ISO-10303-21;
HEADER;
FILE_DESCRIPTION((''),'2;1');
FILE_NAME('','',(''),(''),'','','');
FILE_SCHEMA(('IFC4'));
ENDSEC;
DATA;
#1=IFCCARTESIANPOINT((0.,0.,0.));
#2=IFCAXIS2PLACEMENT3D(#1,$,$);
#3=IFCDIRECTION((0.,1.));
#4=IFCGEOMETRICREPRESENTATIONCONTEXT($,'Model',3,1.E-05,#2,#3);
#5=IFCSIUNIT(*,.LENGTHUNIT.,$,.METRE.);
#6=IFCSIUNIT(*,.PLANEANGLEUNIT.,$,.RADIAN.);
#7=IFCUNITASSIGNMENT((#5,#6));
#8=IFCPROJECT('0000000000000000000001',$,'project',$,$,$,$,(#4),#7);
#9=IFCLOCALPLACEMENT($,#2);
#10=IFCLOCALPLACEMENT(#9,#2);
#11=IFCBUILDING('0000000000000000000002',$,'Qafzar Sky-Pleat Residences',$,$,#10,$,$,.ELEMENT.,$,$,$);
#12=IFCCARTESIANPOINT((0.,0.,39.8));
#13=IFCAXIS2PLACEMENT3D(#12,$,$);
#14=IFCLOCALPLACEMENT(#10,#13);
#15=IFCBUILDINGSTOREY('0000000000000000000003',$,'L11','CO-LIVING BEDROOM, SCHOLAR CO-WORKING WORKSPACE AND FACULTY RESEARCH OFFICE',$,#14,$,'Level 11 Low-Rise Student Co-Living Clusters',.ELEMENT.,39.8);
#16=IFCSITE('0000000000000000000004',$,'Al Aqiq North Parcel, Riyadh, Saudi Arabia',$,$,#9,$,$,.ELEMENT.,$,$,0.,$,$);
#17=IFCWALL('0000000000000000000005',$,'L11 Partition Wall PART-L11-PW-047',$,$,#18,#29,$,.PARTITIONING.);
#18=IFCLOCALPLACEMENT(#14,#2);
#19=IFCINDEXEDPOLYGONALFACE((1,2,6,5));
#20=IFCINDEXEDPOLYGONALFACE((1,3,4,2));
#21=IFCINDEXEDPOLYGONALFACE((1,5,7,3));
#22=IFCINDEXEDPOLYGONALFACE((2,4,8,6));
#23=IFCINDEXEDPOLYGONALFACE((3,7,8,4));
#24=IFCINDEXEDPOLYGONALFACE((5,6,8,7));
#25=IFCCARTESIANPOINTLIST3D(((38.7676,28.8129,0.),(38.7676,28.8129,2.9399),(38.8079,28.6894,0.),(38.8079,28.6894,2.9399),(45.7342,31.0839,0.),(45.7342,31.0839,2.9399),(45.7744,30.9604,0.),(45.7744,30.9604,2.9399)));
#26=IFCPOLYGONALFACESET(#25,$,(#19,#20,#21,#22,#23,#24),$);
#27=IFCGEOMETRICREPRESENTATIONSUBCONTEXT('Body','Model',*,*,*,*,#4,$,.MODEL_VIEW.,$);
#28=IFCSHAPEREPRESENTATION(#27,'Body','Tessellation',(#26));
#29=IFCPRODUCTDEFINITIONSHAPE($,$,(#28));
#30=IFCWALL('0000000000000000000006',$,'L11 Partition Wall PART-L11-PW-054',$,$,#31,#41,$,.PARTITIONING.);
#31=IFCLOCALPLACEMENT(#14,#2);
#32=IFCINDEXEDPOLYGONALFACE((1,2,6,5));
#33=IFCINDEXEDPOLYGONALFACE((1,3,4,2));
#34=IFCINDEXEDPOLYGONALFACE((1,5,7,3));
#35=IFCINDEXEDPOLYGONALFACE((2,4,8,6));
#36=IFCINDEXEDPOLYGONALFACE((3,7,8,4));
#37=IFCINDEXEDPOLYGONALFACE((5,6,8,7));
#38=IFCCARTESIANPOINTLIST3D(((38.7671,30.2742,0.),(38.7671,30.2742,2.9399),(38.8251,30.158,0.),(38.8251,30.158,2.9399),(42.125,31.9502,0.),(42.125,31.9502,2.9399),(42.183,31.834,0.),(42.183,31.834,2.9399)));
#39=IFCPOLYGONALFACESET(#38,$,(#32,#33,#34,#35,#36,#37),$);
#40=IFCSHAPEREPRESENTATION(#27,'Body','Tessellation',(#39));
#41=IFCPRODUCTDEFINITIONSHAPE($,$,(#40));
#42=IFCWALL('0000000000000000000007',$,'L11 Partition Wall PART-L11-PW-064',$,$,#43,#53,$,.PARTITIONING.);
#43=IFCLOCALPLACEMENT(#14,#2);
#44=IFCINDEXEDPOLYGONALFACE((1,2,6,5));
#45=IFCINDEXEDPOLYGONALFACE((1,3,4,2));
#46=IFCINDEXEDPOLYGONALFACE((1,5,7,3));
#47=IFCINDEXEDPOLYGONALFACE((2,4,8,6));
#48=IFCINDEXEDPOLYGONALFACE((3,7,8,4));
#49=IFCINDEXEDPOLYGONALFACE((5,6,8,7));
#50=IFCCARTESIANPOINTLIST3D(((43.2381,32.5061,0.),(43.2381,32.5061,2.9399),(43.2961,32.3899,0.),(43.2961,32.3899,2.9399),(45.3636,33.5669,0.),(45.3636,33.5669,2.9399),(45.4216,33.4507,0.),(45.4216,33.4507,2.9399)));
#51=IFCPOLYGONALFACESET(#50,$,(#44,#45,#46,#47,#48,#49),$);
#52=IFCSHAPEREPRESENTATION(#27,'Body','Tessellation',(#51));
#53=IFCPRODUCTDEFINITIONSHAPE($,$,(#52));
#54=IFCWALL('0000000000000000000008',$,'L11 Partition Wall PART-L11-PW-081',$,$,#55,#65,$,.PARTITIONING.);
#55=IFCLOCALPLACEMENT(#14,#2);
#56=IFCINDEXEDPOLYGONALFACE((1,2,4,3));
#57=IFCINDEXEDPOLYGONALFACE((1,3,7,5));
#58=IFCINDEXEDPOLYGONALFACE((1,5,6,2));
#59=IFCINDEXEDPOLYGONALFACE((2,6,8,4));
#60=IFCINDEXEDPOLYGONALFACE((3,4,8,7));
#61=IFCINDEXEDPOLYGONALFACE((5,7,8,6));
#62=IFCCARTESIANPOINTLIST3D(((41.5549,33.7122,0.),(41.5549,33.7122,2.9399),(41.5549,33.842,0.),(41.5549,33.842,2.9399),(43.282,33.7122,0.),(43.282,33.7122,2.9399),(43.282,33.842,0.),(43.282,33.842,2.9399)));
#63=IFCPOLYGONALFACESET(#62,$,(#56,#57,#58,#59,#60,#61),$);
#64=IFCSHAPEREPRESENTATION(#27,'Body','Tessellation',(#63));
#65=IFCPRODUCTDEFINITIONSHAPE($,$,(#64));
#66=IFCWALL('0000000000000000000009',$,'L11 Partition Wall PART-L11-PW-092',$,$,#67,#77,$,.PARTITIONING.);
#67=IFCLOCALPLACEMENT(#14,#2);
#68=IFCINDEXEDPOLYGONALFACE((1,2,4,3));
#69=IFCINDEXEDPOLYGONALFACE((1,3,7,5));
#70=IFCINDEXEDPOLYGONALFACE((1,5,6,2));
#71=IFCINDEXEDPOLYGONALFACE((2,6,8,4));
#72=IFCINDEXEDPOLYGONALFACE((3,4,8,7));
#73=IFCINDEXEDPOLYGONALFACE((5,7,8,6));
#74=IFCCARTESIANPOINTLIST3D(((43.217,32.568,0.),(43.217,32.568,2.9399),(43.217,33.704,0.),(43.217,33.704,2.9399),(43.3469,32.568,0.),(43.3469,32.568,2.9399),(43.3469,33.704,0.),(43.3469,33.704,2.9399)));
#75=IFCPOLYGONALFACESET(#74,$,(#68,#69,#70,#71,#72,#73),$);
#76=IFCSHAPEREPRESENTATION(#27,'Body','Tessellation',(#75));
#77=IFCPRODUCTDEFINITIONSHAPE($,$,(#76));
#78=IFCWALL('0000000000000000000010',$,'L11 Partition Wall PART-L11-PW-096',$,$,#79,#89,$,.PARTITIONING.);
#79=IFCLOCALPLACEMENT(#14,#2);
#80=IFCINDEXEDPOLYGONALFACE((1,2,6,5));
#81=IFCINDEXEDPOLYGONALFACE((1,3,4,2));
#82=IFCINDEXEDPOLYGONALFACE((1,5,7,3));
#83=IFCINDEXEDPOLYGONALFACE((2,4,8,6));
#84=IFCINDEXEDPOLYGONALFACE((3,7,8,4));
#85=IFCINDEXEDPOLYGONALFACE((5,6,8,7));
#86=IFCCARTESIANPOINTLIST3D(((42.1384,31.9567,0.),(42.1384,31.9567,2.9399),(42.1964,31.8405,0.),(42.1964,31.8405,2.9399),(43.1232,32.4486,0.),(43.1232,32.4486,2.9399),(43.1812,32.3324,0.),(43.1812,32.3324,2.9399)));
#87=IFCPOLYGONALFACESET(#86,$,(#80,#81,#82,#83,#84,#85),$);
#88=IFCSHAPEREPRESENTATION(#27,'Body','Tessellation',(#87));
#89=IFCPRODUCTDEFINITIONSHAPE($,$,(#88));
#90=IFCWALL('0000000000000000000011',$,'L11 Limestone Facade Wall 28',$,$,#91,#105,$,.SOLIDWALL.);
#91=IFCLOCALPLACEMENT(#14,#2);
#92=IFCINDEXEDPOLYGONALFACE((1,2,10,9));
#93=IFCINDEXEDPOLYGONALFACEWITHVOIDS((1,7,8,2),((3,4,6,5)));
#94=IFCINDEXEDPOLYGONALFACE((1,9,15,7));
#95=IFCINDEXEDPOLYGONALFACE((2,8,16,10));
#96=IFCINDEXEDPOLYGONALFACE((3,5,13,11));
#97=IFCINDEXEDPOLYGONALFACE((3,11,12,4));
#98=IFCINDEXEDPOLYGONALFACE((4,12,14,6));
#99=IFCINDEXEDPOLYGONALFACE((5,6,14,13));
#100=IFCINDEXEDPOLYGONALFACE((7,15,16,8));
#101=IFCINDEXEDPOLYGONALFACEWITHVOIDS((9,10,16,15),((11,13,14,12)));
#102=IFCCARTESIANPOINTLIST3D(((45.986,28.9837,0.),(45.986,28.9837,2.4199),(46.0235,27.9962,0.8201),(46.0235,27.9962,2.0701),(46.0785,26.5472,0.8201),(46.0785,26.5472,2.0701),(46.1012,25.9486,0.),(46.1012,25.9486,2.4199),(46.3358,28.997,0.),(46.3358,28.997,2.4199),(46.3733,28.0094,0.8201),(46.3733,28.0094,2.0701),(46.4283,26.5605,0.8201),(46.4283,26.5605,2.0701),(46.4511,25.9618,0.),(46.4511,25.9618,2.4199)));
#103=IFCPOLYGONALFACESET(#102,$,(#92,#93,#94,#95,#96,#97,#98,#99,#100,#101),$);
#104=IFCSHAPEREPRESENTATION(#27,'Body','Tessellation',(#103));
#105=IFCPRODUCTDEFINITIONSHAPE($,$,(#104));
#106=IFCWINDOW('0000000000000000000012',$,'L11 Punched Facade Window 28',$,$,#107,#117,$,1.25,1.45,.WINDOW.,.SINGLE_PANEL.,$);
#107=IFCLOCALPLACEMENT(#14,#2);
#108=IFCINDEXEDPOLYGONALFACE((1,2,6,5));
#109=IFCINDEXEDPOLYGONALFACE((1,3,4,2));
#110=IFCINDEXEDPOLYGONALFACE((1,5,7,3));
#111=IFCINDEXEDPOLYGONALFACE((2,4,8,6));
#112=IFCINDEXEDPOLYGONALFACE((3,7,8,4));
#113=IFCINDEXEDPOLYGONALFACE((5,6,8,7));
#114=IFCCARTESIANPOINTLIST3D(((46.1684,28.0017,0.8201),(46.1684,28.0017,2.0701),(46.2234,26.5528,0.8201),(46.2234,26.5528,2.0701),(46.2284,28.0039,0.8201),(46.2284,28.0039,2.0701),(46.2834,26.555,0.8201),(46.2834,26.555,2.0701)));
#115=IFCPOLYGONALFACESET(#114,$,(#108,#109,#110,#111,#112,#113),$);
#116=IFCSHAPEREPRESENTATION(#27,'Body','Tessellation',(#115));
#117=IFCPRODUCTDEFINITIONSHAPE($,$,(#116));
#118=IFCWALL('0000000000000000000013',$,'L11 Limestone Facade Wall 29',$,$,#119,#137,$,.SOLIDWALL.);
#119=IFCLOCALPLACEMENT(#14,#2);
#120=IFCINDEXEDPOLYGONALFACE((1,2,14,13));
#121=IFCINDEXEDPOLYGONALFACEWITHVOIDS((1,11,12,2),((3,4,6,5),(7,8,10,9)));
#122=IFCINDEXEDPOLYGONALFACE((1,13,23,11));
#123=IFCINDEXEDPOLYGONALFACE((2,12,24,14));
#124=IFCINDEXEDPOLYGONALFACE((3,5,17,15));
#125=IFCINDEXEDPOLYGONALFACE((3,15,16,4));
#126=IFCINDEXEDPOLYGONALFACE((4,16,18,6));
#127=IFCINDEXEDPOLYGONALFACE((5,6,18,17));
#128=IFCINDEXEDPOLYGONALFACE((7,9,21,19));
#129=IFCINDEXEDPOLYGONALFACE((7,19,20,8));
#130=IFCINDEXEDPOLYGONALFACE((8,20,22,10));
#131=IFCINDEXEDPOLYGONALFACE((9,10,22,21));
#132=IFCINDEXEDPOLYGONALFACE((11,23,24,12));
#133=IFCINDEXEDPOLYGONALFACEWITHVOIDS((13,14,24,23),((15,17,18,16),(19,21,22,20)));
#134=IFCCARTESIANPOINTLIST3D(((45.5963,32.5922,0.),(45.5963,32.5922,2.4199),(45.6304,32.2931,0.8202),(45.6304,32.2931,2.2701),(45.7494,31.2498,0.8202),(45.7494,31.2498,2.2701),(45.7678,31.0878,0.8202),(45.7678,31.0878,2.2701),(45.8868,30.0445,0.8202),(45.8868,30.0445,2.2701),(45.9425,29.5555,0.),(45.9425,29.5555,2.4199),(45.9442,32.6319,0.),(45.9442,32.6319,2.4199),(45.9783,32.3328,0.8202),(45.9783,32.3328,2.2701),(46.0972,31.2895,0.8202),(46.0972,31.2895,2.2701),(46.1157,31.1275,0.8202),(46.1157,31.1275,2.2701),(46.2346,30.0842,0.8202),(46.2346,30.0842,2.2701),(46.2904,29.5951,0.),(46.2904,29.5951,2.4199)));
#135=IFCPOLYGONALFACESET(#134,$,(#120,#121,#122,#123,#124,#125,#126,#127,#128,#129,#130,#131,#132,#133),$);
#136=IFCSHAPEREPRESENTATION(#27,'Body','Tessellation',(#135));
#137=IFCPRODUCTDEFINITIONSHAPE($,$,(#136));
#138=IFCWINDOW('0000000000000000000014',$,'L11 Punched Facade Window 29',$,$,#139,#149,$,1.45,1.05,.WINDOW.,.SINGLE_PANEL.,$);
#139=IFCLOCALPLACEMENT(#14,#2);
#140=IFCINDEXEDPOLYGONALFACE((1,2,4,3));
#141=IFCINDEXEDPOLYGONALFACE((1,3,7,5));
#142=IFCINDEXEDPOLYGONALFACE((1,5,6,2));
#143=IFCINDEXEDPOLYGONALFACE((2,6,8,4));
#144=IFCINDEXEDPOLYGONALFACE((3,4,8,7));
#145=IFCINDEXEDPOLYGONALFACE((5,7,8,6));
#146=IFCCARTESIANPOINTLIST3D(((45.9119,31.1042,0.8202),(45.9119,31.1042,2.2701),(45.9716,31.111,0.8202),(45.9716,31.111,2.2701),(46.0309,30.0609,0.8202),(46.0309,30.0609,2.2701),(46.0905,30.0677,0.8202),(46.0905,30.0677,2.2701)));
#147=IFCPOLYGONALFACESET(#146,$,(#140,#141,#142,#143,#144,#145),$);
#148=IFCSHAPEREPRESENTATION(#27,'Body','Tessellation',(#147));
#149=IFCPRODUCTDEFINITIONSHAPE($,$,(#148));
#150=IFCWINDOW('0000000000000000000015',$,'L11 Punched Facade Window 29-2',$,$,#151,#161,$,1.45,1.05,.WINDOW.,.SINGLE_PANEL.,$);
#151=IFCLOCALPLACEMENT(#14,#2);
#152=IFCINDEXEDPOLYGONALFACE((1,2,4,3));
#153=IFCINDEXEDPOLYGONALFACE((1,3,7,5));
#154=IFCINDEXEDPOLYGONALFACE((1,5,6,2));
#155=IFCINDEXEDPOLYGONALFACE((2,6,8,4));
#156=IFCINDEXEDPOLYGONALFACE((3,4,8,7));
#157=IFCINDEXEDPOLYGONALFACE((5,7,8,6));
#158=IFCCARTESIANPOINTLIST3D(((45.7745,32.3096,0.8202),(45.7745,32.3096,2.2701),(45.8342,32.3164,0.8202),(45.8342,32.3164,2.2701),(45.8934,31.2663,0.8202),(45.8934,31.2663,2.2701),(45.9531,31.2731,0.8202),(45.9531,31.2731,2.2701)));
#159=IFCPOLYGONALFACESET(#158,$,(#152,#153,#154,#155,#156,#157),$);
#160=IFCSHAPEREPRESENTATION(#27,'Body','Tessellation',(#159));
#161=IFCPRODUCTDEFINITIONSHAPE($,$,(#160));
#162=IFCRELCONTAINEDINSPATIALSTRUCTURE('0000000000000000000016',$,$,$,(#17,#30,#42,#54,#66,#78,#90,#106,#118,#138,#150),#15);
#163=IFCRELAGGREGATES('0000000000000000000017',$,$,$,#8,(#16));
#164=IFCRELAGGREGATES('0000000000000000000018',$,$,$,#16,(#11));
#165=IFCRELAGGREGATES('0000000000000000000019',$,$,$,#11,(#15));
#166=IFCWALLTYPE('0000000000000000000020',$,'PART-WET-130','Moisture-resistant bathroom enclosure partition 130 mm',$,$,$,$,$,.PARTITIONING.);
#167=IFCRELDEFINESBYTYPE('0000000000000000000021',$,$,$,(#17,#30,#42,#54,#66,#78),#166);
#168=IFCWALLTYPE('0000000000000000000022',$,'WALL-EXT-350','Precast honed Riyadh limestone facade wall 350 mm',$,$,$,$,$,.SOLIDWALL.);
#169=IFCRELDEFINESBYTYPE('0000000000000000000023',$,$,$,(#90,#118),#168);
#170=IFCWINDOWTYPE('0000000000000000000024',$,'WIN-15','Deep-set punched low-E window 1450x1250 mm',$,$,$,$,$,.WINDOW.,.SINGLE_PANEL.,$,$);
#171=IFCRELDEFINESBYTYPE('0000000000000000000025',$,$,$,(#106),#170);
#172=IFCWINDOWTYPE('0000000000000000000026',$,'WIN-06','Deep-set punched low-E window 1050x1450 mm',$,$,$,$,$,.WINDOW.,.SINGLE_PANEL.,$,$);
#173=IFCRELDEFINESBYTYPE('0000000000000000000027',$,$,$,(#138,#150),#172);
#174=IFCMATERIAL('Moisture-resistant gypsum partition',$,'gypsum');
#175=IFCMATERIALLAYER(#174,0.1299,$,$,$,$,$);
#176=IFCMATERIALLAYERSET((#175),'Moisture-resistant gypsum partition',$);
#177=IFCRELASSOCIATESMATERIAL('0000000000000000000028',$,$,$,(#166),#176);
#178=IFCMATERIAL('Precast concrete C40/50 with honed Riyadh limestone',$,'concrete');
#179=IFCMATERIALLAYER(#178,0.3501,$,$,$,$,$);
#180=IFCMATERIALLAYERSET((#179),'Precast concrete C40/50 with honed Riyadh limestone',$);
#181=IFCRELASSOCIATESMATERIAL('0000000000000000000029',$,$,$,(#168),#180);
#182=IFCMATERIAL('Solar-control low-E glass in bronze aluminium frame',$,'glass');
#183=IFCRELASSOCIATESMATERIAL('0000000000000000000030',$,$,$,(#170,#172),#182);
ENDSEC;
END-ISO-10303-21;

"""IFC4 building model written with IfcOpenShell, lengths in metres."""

from ifc_helpers import new_model, si_unit, direction, frame, frame_2d, origin, place, context, subcontext, project, spatial, rectangle, extrude, source, transform, mapped, material, layer, layer_set, type_object, element, fill, save


model = new_model("IFC4")

# Units and contexts
model_context = context("Model", 3, precision=1e-05, world=origin(), true_north=direction((0.0, 1.0)))
body_context = subcontext(model_context, "Body", "Model", "MODEL_VIEW")
ifc_project = project(units=[si_unit("LENGTHUNIT", "METRE"), si_unit("PLANEANGLEUNIT", "RADIAN")], contexts=[model_context])

# Site, building, storey
site_placement = place(None, origin())
site = spatial("IfcSite", under=ifc_project, at=site_placement, Name="Al Aqiq North Parcel, Riyadh, Saudi Arabia", CompositionType="ELEMENT", RefElevation=0.0)
building_placement = place(site_placement, origin())
building = spatial("IfcBuilding", under=site, at=building_placement, Name="Qafzar Sky-Pleat Residences", CompositionType="ELEMENT")
storey_placement = place(building_placement, frame((0.0, 0.0, 39.8)))
storey = spatial("IfcBuildingStorey", under=building, at=storey_placement, Name="L11", Description="CO-LIVING BEDROOM, SCHOLAR CO-WORKING WORKSPACE AND FACULTY RESEARCH OFFICE", LongName="Level 11 Low-Rise Student Co-Living Clusters", CompositionType="ELEMENT", Elevation=39.8)

# Shared definitions
ifc_material_1 = material(Name="Moisture-resistant gypsum partition", Category="gypsum")
ifc_layer_1 = layer(ifc_material_1, 0.1299)
ifc_layer_set_1 = layer_set([ifc_layer_1], Name="Moisture-resistant gypsum partition")
wall_type_1 = type_object("IfcWallType", Name="PART-WET-130", Description="Moisture-resistant bathroom enclosure partition 130 mm", PredefinedType="PARTITIONING", material=ifc_layer_set_1)

# Walls
wall_1_placement = place(storey_placement, frame((38.7878, 28.7512, 0.0), z_axis=(0.0, 0.0, 1.0), x_axis=(0.950758, 0.309934, 0.0)))
element("IfcWall", 1, at=wall_1_placement, inside=storey, type_object=wall_type_1, Name="L11 Partition Wall PART-L11-PW-047", PredefinedType="PARTITIONING", context=body_context, shape_type="SweptSolid", body=[
    extrude(rectangle(XDim=7.3274, YDim=0.1299, at=frame_2d((3.6636, 0.0))), origin(), (0.0, 0.0, 1.0), 2.9399),
])
wall_2_placement = place(storey_placement, frame((38.7961, 30.2161, 0.0), z_axis=(0.0, 0.0, 1.0), x_axis=(0.894739, 0.446589, 0.0)))
element("IfcWall", 2, at=wall_2_placement, inside=storey, type_object=wall_type_1, Name="L11 Partition Wall PART-L11-PW-054", PredefinedType="PARTITIONING", context=body_context, shape_type="SweptSolid", body=[
    extrude(rectangle(XDim=3.7529, YDim=0.1299, at=frame_2d((1.8765, 0.0))), origin(), (0.0, 0.0, 1.0), 2.9399),
])
wall_3_placement = place(storey_placement, frame((43.2671, 32.448, 0.0), z_axis=(0.0, 0.0, 1.0), x_axis=(0.894756, 0.446556, 0.0)))
element("IfcWall", 3, at=wall_3_placement, inside=storey, type_object=wall_type_1, Name="L11 Partition Wall PART-L11-PW-064", PredefinedType="PARTITIONING", context=body_context, shape_type="SweptSolid", body=[
    extrude(rectangle(XDim=2.3755, YDim=0.1299, at=frame_2d((1.1877, 0.0))), origin(), (0.0, 0.0, 1.0), 2.9399),
])
wall_4_placement = place(storey_placement, frame((41.5549, 33.7771, 0.0), z_axis=(0.0, 0.0, 1.0), x_axis=(1.0, 0.0, 0.0)))
element("IfcWall", 4, at=wall_4_placement, inside=storey, type_object=wall_type_1, Name="L11 Partition Wall PART-L11-PW-081", PredefinedType="PARTITIONING", context=body_context, shape_type="SweptSolid", body=[
    extrude(rectangle(XDim=1.7271, YDim=0.1299, at=frame_2d((0.8635, 0.0))), origin(), (0.0, 0.0, 1.0), 2.9399),
])
wall_5_placement = place(storey_placement, frame((43.282, 32.5681, 0.0), z_axis=(0.0, 0.0, 1.0), x_axis=(0.0, 1.0, 0.0)))
element("IfcWall", 5, at=wall_5_placement, inside=storey, type_object=wall_type_1, Name="L11 Partition Wall PART-L11-PW-092", PredefinedType="PARTITIONING", context=body_context, shape_type="SweptSolid", body=[
    extrude(rectangle(XDim=1.136, YDim=0.1299, at=frame_2d((0.5679, 0.0))), origin(), (0.0, 0.0, 1.0), 2.9399),
])
wall_6_placement = place(storey_placement, frame((42.1675, 31.8987, 0.0), z_axis=(0.0, 0.0, 1.0), x_axis=(0.894605, 0.446859, 0.0)))
element("IfcWall", 6, at=wall_6_placement, inside=storey, type_object=wall_type_1, Name="L11 Partition Wall PART-L11-PW-096", PredefinedType="PARTITIONING", context=body_context, shape_type="SweptSolid", body=[
    extrude(rectangle(XDim=1.1008, YDim=0.1299, at=frame_2d((0.5503, 0.0))), origin(), (0.0, 0.0, 1.0), 2.9399),
])

# Wall, opening, window
ifc_material_2 = material(Name="Precast concrete C40/50 with honed Riyadh limestone", Category="concrete")
ifc_layer_2 = layer(ifc_material_2, 0.3501)
ifc_layer_set_2 = layer_set([ifc_layer_2], Name="Precast concrete C40/50 with honed Riyadh limestone")
wall_type_2 = type_object("IfcWallType", Name="WALL-EXT-350", Description="Precast honed Riyadh limestone facade wall 350 mm", PredefinedType="SOLIDWALL", material=ifc_layer_set_2)
wall_7_placement = place(storey_placement, frame((46.2761, 25.9553, 0.0), z_axis=(0.0, 0.0, 1.0), x_axis=(-0.037939, 0.99928, 0.0)))
wall_7 = element("IfcWall", 7, at=wall_7_placement, inside=storey, type_object=wall_type_2, Name="L11 Limestone Facade Wall 28", PredefinedType="SOLIDWALL", context=body_context, shape_type="SweptSolid", body=[
    extrude(rectangle(XDim=3.0374, YDim=0.3501, at=frame_2d((1.5186, 0.0))), origin(), (0.0, 0.0, 1.0), 2.4199),
])
opening_1_placement = place(wall_7_placement, frame((0.5989, 0.0, 0.8201)))
opening_1 = element("IfcOpeningElement", 8, at=opening_1_placement, cuts=wall_7, PredefinedType="OPENING", context=body_context, shape_type="SweptSolid", body=[
    extrude(rectangle(XDim=1.45, YDim=1.25, at=frame_2d((0.7251, 0.625))), frame((0.0, 0.1851, 0.0), z_axis=(0.0, -1.0, 0.0), x_axis=(1.0, 0.0, 0.0)), (0.0, 0.0, 1.0), 0.3701),
])
ifc_material_3 = material(Name="Solar-control low-E glass in bronze aluminium frame", Category="glass")
window_type_1 = type_object("IfcWindowType", Name="WIN-15", Description="Deep-set punched low-E window 1450x1250 mm", PartitioningType="SINGLE_PANEL", PredefinedType="WINDOW", material=ifc_material_3)
shared_shape_1 = source(origin(), body_context, "Body", "SweptSolid", [
    extrude(rectangle(XDim=1.45, YDim=1.25, at=frame_2d((0.7251, 0.625))), frame((0.0, 0.03, 0.0), z_axis=(0.0, -1.0, 0.0), x_axis=(1.0, 0.0, 0.0)), (0.0, 0.0, 1.0), 0.0601),
])
window_1_placement = place(opening_1_placement, origin())
window_1 = element("IfcWindow", 9, at=window_1_placement, inside=storey, type_object=window_type_1, Name="L11 Punched Facade Window 28", OverallHeight=1.25, OverallWidth=1.45, PartitioningType="SINGLE_PANEL", PredefinedType="WINDOW", context=body_context, shape_type="MappedRepresentation", body=[
    mapped(shared_shape_1, transform((0.0, 0.0, 0.0), x_axis=(1.0, 0.0, 0.0), y_axis=(0.0, 1.0, 0.0), z_axis=(0.0, 0.0, 1.0), scale=1.0)),
])
fill(opening_1, window_1)

# Wall, openings, windows
wall_8_placement = place(storey_placement, frame((46.1165, 29.5752, 0.0), z_axis=(0.0, 0.0, 1.0), x_axis=(-0.113272, 0.993564, 0.0)))
wall_8 = element("IfcWall", 10, at=wall_8_placement, inside=storey, type_object=wall_type_2, Name="L11 Limestone Facade Wall 29", PredefinedType="SOLIDWALL", context=body_context, shape_type="SweptSolid", body=[
    extrude(rectangle(XDim=3.0564, YDim=0.3501, at=frame_2d((1.5283, 0.0))), origin(), (0.0, 0.0, 1.0), 2.4199),
])
opening_2_placement = place(wall_8_placement, frame((0.4924, 0.0, 0.8201)))
opening_2 = element("IfcOpeningElement", 11, at=opening_2_placement, cuts=wall_8, PredefinedType="OPENING", context=body_context, shape_type="SweptSolid", body=[
    extrude(rectangle(XDim=1.05, YDim=1.45, at=frame_2d((0.5249, 0.7251))), frame((0.0, 0.1851, 0.0), z_axis=(0.0, -1.0, 0.0), x_axis=(1.0, 0.0, 0.0)), (0.0, 0.0, 1.0), 0.3701),
])
opening_3_placement = place(wall_8_placement, frame((1.7056, 0.0, 0.8201)))
opening_3 = element("IfcOpeningElement", 12, at=opening_3_placement, cuts=wall_8, PredefinedType="OPENING", context=body_context, shape_type="SweptSolid", body=[
    extrude(rectangle(XDim=1.05, YDim=1.45, at=frame_2d((0.5249, 0.7251))), frame((0.0, 0.1851, 0.0), z_axis=(0.0, -1.0, 0.0), x_axis=(1.0, 0.0, 0.0)), (0.0, 0.0, 1.0), 0.3701),
])
window_type_2 = type_object("IfcWindowType", Name="WIN-06", Description="Deep-set punched low-E window 1050x1450 mm", PartitioningType="SINGLE_PANEL", PredefinedType="WINDOW", material=ifc_material_3)
shared_shape_2 = source(origin(), body_context, "Body", "SweptSolid", [
    extrude(rectangle(XDim=1.05, YDim=1.45, at=frame_2d((0.5249, 0.7251))), frame((0.0, 0.03, 0.0), z_axis=(0.0, -1.0, 0.0), x_axis=(1.0, 0.0, 0.0)), (0.0, 0.0, 1.0), 0.0601),
])
window_2_placement = place(opening_2_placement, origin())
window_2 = element("IfcWindow", 13, at=window_2_placement, inside=storey, type_object=window_type_2, Name="L11 Punched Facade Window 29", OverallHeight=1.45, OverallWidth=1.05, PartitioningType="SINGLE_PANEL", PredefinedType="WINDOW", context=body_context, shape_type="MappedRepresentation", body=[
    mapped(shared_shape_2, transform((0.0, 0.0, 0.0), x_axis=(1.0, 0.0, 0.0), y_axis=(0.0, 1.0, 0.0), z_axis=(0.0, 0.0, 1.0), scale=1.0)),
])
fill(opening_2, window_2)
window_3_placement = place(opening_3_placement, origin())
window_3 = element("IfcWindow", 14, at=window_3_placement, inside=storey, type_object=window_type_2, Name="L11 Punched Facade Window 29-2", OverallHeight=1.45, OverallWidth=1.05, PartitioningType="SINGLE_PANEL", PredefinedType="WINDOW", context=body_context, shape_type="MappedRepresentation", body=[
    mapped(shared_shape_2, transform((0.0, 0.0, 0.0), x_axis=(1.0, 0.0, 0.0), y_axis=(0.0, 1.0, 0.0), z_axis=(0.0, 0.0, 1.0), scale=1.0)),
])
fill(opening_3, window_3)

save(model, "model.ifc")
